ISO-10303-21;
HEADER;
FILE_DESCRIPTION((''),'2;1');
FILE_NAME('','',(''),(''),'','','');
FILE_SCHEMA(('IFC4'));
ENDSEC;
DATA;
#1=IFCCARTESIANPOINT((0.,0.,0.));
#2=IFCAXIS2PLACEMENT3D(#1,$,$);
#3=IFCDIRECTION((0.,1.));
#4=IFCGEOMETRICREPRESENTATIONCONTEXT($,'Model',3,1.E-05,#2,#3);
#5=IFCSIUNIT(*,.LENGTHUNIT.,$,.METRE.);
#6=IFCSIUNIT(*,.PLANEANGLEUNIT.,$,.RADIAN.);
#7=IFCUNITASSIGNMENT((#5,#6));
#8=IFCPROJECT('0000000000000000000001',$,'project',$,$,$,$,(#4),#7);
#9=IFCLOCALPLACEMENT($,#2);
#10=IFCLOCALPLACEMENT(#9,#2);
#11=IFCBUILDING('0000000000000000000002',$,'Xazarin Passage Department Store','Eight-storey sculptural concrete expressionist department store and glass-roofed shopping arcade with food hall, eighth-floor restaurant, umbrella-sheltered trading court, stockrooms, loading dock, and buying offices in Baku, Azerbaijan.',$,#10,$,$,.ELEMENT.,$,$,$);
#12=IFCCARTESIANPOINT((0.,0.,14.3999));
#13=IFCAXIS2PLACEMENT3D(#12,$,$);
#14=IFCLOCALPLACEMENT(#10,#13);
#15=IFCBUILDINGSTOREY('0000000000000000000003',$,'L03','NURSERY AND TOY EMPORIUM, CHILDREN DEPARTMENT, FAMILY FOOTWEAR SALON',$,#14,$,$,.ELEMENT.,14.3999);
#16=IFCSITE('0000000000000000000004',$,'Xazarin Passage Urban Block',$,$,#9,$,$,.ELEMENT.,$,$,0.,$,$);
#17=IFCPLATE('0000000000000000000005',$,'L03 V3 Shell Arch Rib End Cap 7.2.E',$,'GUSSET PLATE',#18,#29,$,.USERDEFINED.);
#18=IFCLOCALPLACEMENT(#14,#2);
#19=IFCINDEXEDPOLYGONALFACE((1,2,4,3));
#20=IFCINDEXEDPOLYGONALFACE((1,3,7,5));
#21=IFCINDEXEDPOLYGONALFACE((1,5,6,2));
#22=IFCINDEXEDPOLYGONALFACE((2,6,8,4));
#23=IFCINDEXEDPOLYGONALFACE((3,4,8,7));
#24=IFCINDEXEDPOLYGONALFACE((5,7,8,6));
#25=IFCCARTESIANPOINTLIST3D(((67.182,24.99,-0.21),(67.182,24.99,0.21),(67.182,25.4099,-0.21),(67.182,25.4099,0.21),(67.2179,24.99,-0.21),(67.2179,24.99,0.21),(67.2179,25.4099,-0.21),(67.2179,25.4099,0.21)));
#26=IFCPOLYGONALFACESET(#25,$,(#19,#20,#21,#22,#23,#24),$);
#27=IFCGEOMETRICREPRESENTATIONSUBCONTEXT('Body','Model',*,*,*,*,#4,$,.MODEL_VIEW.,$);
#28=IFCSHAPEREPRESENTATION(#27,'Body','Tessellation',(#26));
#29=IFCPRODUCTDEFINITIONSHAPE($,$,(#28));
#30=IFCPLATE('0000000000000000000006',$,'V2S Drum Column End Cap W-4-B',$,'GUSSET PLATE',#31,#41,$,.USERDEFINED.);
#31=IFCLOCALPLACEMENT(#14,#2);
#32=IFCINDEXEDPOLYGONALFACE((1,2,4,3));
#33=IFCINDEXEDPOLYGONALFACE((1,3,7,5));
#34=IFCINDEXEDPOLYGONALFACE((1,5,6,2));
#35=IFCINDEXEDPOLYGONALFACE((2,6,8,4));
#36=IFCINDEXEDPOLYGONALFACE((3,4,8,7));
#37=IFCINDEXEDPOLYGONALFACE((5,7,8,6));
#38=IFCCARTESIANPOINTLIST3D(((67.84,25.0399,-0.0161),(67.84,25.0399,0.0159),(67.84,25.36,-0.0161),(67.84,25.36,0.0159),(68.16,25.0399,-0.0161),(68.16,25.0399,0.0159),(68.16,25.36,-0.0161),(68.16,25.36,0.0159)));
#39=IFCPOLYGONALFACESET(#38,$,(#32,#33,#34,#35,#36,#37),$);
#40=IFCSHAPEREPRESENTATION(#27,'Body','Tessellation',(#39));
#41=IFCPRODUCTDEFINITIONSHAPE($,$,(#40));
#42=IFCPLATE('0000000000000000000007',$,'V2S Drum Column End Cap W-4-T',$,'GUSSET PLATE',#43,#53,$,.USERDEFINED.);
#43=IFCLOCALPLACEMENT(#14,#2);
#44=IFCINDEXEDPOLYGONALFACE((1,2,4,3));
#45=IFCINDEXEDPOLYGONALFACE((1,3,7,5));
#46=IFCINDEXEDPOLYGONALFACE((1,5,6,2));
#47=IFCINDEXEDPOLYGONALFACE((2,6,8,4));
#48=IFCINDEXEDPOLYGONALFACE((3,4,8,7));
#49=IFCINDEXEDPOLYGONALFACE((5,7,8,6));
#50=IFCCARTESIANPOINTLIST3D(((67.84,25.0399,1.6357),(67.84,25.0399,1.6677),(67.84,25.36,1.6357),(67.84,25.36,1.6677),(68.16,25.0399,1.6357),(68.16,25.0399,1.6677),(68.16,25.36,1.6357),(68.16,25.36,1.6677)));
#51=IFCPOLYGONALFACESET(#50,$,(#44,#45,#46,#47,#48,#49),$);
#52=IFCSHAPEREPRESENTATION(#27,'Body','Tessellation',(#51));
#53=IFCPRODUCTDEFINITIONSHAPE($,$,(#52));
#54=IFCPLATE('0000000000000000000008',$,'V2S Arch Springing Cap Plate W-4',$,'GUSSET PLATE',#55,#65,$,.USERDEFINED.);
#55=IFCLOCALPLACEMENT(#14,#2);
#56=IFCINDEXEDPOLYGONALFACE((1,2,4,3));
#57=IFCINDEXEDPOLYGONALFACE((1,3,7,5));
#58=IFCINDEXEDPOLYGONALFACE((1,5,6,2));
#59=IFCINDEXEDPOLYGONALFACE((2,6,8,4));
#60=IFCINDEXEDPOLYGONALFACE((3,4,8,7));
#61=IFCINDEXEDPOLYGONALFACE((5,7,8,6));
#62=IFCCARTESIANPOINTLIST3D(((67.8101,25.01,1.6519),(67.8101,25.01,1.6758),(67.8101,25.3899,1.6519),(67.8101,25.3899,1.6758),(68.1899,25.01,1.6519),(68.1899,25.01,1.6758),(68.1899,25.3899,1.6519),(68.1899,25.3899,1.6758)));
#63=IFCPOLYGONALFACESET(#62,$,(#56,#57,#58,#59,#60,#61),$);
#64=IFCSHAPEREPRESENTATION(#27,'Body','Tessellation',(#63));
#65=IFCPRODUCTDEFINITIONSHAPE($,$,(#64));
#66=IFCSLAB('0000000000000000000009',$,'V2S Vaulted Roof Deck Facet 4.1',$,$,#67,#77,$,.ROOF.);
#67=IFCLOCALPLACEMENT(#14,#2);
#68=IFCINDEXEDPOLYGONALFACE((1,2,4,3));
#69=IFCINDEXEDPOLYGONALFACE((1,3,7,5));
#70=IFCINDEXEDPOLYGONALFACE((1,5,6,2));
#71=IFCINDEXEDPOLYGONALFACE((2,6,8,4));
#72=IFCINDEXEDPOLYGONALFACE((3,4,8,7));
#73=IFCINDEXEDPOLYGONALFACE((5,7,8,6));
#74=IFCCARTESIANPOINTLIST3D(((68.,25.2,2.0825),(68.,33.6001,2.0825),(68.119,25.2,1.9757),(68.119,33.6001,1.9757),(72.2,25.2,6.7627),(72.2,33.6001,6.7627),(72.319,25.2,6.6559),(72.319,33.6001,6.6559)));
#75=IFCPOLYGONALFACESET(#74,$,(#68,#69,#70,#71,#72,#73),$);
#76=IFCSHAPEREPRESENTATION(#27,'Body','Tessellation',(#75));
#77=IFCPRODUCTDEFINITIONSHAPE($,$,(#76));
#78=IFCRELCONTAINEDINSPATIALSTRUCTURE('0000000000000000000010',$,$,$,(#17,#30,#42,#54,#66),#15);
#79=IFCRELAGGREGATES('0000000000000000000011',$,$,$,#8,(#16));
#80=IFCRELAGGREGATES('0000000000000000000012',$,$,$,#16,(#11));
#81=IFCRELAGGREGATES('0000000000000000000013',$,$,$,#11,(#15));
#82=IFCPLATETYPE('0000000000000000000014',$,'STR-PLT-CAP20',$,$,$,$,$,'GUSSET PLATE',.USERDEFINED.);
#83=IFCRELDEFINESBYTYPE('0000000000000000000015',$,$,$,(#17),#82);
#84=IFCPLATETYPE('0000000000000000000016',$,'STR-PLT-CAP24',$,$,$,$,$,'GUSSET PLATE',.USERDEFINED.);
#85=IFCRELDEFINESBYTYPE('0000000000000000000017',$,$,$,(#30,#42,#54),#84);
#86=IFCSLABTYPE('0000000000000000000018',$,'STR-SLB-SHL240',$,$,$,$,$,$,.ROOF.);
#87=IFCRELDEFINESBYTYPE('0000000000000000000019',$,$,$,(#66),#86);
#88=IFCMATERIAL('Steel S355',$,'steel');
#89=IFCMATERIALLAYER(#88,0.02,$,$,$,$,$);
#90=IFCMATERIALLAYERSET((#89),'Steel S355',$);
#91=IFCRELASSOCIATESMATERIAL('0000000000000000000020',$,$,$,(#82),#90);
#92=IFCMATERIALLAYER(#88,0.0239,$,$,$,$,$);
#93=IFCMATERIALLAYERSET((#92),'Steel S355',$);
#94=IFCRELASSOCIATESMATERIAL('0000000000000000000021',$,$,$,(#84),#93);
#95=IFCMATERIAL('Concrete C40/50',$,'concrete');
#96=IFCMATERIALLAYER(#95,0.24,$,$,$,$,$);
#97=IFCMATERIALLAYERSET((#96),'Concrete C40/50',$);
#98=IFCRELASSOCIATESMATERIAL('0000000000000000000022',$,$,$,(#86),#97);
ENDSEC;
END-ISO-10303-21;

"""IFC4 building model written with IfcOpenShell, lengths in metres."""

from ifc_helpers import new_model, si_unit, direction, frame, origin, origin_2d, place, context, subcontext, project, spatial, polyline, rectangle, outline, extrude, material, layer, layer_set, type_object, element, save


model = new_model("IFC4")

# Units and contexts
model_context = context("Model", 3, precision=1e-05, world=origin(), true_north=direction((0.0, 1.0)))
body_context = subcontext(model_context, "Body", "Model", "MODEL_VIEW")
ifc_project = project(units=[si_unit("LENGTHUNIT", "METRE"), si_unit("PLANEANGLEUNIT", "RADIAN")], contexts=[model_context])

# Site, building, storey
site_placement = place(None, origin())
site = spatial("IfcSite", under=ifc_project, at=site_placement, Name="Xazarin Passage Urban Block", CompositionType="ELEMENT", RefElevation=0.0)
building_placement = place(site_placement, origin())
building = spatial("IfcBuilding", under=site, at=building_placement, Name="Xazarin Passage Department Store", Description="Eight-storey sculptural concrete expressionist department store and glass-roofed shopping arcade with food hall, eighth-floor restaurant, umbrella-sheltered trading court, stockrooms, loading dock, and buying offices in Baku, Azerbaijan.", CompositionType="ELEMENT")
storey_placement = place(building_placement, frame((0.0, 0.0, 14.3999)))
storey = spatial("IfcBuildingStorey", under=building, at=storey_placement, Name="L03", Description="NURSERY AND TOY EMPORIUM, CHILDREN DEPARTMENT, FAMILY FOOTWEAR SALON", CompositionType="ELEMENT", Elevation=14.3999)

# Shared definitions
ifc_material_1 = material(Name="Steel S355", Category="steel")

# Shared definitions
ifc_material_2 = material(Name="Concrete C40/50", Category="concrete")

# Plates
ifc_layer_1 = layer(ifc_material_1, 0.02)
ifc_layer_set_1 = layer_set([ifc_layer_1], Name="Steel S355")
plate_type_1 = type_object("IfcPlateType", Name="STR-PLT-CAP20", ElementType="GUSSET PLATE", PredefinedType="USERDEFINED", material=ifc_layer_set_1)
plate_1_placement = place(storey_placement, frame((67.2, 25.2, -0.21), z_axis=(0.0, 0.0, 1.0), x_axis=(1.0, 0.0, 0.0)))
element("IfcPlate", 1, at=plate_1_placement, inside=storey, type_object=plate_type_1, Name="L03 V3 Shell Arch Rib End Cap 7.2.E", ObjectType="GUSSET PLATE", PredefinedType="USERDEFINED", context=body_context, shape_type="SweptSolid", body=[
    extrude(rectangle(XDim=0.0359, YDim=0.4199, at=origin_2d()), origin(), (0.0, 0.0, 1.0), 0.4199),
])
ifc_layer_2 = layer(ifc_material_1, 0.0239)
ifc_layer_set_2 = layer_set([ifc_layer_2], Name="Steel S355")
plate_type_2 = type_object("IfcPlateType", Name="STR-PLT-CAP24", ElementType="GUSSET PLATE", PredefinedType="USERDEFINED", material=ifc_layer_set_2)
for number, where, z_axis, x_axis, name in (
    (2, (68.0, 25.2, -0.0161), (0.0, 0.0, 1.0), (1.0, 0.0, 0.0), "V2S Drum Column End Cap W-4-B"),
    (3, (68.0, 25.2, 1.6357), (0.0, 0.0, 1.0), (1.0, 0.0, 0.0), "V2S Drum Column End Cap W-4-T"),
):
    element("IfcPlate", number, at=place(storey_placement, frame(where, z_axis=z_axis, x_axis=x_axis)), inside=storey, type_object=plate_type_2, Name=name, ObjectType="GUSSET PLATE", PredefinedType="USERDEFINED", context=body_context, shape_type="SweptSolid", body=[
        extrude(rectangle(XDim=0.3201, YDim=0.3201, at=origin_2d()), origin(), (0.0, 0.0, 1.0), 0.032),
    ])
plate_2_placement = place(storey_placement, frame((68.0, 25.2, 1.6519), z_axis=(0.0, 0.0, 1.0), x_axis=(1.0, 0.0, 0.0)))
element("IfcPlate", 4, at=plate_2_placement, inside=storey, type_object=plate_type_2, Name="V2S Arch Springing Cap Plate W-4", ObjectType="GUSSET PLATE", PredefinedType="USERDEFINED", context=body_context, shape_type="SweptSolid", body=[
    extrude(rectangle(XDim=0.3799, YDim=0.3799, at=origin_2d()), origin(), (0.0, 0.0, 1.0), 0.0239),
])

# Slab
ifc_layer_3 = layer(ifc_material_2, 0.24)
ifc_layer_set_3 = layer_set([ifc_layer_3], Name="Concrete C40/50")
slab_type = type_object("IfcSlabType", Name="STR-SLB-SHL240", PredefinedType="ROOF", material=ifc_layer_set_3)
slab_placement = place(storey_placement, frame((68.0, 25.2, 2.0825), z_axis=(-0.744259, 0.0, 0.667892), x_axis=(0.667892, 0.0, 0.744259)))
element("IfcSlab", 5, at=slab_placement, inside=storey, type_object=slab_type, Name="V2S Vaulted Roof Deck Facet 4.1", PredefinedType="ROOF", context=body_context, shape_type="SweptSolid", body=[
    extrude(outline(polyline([(0.0, 0.0), (6.2884, 0.0), (6.2884, 8.4001), (0.0, 8.4001), (0.0, 0.0)])), origin(), (0.0, 0.0, -1.0), 0.1599),
])

save(model, "model.ifc")
